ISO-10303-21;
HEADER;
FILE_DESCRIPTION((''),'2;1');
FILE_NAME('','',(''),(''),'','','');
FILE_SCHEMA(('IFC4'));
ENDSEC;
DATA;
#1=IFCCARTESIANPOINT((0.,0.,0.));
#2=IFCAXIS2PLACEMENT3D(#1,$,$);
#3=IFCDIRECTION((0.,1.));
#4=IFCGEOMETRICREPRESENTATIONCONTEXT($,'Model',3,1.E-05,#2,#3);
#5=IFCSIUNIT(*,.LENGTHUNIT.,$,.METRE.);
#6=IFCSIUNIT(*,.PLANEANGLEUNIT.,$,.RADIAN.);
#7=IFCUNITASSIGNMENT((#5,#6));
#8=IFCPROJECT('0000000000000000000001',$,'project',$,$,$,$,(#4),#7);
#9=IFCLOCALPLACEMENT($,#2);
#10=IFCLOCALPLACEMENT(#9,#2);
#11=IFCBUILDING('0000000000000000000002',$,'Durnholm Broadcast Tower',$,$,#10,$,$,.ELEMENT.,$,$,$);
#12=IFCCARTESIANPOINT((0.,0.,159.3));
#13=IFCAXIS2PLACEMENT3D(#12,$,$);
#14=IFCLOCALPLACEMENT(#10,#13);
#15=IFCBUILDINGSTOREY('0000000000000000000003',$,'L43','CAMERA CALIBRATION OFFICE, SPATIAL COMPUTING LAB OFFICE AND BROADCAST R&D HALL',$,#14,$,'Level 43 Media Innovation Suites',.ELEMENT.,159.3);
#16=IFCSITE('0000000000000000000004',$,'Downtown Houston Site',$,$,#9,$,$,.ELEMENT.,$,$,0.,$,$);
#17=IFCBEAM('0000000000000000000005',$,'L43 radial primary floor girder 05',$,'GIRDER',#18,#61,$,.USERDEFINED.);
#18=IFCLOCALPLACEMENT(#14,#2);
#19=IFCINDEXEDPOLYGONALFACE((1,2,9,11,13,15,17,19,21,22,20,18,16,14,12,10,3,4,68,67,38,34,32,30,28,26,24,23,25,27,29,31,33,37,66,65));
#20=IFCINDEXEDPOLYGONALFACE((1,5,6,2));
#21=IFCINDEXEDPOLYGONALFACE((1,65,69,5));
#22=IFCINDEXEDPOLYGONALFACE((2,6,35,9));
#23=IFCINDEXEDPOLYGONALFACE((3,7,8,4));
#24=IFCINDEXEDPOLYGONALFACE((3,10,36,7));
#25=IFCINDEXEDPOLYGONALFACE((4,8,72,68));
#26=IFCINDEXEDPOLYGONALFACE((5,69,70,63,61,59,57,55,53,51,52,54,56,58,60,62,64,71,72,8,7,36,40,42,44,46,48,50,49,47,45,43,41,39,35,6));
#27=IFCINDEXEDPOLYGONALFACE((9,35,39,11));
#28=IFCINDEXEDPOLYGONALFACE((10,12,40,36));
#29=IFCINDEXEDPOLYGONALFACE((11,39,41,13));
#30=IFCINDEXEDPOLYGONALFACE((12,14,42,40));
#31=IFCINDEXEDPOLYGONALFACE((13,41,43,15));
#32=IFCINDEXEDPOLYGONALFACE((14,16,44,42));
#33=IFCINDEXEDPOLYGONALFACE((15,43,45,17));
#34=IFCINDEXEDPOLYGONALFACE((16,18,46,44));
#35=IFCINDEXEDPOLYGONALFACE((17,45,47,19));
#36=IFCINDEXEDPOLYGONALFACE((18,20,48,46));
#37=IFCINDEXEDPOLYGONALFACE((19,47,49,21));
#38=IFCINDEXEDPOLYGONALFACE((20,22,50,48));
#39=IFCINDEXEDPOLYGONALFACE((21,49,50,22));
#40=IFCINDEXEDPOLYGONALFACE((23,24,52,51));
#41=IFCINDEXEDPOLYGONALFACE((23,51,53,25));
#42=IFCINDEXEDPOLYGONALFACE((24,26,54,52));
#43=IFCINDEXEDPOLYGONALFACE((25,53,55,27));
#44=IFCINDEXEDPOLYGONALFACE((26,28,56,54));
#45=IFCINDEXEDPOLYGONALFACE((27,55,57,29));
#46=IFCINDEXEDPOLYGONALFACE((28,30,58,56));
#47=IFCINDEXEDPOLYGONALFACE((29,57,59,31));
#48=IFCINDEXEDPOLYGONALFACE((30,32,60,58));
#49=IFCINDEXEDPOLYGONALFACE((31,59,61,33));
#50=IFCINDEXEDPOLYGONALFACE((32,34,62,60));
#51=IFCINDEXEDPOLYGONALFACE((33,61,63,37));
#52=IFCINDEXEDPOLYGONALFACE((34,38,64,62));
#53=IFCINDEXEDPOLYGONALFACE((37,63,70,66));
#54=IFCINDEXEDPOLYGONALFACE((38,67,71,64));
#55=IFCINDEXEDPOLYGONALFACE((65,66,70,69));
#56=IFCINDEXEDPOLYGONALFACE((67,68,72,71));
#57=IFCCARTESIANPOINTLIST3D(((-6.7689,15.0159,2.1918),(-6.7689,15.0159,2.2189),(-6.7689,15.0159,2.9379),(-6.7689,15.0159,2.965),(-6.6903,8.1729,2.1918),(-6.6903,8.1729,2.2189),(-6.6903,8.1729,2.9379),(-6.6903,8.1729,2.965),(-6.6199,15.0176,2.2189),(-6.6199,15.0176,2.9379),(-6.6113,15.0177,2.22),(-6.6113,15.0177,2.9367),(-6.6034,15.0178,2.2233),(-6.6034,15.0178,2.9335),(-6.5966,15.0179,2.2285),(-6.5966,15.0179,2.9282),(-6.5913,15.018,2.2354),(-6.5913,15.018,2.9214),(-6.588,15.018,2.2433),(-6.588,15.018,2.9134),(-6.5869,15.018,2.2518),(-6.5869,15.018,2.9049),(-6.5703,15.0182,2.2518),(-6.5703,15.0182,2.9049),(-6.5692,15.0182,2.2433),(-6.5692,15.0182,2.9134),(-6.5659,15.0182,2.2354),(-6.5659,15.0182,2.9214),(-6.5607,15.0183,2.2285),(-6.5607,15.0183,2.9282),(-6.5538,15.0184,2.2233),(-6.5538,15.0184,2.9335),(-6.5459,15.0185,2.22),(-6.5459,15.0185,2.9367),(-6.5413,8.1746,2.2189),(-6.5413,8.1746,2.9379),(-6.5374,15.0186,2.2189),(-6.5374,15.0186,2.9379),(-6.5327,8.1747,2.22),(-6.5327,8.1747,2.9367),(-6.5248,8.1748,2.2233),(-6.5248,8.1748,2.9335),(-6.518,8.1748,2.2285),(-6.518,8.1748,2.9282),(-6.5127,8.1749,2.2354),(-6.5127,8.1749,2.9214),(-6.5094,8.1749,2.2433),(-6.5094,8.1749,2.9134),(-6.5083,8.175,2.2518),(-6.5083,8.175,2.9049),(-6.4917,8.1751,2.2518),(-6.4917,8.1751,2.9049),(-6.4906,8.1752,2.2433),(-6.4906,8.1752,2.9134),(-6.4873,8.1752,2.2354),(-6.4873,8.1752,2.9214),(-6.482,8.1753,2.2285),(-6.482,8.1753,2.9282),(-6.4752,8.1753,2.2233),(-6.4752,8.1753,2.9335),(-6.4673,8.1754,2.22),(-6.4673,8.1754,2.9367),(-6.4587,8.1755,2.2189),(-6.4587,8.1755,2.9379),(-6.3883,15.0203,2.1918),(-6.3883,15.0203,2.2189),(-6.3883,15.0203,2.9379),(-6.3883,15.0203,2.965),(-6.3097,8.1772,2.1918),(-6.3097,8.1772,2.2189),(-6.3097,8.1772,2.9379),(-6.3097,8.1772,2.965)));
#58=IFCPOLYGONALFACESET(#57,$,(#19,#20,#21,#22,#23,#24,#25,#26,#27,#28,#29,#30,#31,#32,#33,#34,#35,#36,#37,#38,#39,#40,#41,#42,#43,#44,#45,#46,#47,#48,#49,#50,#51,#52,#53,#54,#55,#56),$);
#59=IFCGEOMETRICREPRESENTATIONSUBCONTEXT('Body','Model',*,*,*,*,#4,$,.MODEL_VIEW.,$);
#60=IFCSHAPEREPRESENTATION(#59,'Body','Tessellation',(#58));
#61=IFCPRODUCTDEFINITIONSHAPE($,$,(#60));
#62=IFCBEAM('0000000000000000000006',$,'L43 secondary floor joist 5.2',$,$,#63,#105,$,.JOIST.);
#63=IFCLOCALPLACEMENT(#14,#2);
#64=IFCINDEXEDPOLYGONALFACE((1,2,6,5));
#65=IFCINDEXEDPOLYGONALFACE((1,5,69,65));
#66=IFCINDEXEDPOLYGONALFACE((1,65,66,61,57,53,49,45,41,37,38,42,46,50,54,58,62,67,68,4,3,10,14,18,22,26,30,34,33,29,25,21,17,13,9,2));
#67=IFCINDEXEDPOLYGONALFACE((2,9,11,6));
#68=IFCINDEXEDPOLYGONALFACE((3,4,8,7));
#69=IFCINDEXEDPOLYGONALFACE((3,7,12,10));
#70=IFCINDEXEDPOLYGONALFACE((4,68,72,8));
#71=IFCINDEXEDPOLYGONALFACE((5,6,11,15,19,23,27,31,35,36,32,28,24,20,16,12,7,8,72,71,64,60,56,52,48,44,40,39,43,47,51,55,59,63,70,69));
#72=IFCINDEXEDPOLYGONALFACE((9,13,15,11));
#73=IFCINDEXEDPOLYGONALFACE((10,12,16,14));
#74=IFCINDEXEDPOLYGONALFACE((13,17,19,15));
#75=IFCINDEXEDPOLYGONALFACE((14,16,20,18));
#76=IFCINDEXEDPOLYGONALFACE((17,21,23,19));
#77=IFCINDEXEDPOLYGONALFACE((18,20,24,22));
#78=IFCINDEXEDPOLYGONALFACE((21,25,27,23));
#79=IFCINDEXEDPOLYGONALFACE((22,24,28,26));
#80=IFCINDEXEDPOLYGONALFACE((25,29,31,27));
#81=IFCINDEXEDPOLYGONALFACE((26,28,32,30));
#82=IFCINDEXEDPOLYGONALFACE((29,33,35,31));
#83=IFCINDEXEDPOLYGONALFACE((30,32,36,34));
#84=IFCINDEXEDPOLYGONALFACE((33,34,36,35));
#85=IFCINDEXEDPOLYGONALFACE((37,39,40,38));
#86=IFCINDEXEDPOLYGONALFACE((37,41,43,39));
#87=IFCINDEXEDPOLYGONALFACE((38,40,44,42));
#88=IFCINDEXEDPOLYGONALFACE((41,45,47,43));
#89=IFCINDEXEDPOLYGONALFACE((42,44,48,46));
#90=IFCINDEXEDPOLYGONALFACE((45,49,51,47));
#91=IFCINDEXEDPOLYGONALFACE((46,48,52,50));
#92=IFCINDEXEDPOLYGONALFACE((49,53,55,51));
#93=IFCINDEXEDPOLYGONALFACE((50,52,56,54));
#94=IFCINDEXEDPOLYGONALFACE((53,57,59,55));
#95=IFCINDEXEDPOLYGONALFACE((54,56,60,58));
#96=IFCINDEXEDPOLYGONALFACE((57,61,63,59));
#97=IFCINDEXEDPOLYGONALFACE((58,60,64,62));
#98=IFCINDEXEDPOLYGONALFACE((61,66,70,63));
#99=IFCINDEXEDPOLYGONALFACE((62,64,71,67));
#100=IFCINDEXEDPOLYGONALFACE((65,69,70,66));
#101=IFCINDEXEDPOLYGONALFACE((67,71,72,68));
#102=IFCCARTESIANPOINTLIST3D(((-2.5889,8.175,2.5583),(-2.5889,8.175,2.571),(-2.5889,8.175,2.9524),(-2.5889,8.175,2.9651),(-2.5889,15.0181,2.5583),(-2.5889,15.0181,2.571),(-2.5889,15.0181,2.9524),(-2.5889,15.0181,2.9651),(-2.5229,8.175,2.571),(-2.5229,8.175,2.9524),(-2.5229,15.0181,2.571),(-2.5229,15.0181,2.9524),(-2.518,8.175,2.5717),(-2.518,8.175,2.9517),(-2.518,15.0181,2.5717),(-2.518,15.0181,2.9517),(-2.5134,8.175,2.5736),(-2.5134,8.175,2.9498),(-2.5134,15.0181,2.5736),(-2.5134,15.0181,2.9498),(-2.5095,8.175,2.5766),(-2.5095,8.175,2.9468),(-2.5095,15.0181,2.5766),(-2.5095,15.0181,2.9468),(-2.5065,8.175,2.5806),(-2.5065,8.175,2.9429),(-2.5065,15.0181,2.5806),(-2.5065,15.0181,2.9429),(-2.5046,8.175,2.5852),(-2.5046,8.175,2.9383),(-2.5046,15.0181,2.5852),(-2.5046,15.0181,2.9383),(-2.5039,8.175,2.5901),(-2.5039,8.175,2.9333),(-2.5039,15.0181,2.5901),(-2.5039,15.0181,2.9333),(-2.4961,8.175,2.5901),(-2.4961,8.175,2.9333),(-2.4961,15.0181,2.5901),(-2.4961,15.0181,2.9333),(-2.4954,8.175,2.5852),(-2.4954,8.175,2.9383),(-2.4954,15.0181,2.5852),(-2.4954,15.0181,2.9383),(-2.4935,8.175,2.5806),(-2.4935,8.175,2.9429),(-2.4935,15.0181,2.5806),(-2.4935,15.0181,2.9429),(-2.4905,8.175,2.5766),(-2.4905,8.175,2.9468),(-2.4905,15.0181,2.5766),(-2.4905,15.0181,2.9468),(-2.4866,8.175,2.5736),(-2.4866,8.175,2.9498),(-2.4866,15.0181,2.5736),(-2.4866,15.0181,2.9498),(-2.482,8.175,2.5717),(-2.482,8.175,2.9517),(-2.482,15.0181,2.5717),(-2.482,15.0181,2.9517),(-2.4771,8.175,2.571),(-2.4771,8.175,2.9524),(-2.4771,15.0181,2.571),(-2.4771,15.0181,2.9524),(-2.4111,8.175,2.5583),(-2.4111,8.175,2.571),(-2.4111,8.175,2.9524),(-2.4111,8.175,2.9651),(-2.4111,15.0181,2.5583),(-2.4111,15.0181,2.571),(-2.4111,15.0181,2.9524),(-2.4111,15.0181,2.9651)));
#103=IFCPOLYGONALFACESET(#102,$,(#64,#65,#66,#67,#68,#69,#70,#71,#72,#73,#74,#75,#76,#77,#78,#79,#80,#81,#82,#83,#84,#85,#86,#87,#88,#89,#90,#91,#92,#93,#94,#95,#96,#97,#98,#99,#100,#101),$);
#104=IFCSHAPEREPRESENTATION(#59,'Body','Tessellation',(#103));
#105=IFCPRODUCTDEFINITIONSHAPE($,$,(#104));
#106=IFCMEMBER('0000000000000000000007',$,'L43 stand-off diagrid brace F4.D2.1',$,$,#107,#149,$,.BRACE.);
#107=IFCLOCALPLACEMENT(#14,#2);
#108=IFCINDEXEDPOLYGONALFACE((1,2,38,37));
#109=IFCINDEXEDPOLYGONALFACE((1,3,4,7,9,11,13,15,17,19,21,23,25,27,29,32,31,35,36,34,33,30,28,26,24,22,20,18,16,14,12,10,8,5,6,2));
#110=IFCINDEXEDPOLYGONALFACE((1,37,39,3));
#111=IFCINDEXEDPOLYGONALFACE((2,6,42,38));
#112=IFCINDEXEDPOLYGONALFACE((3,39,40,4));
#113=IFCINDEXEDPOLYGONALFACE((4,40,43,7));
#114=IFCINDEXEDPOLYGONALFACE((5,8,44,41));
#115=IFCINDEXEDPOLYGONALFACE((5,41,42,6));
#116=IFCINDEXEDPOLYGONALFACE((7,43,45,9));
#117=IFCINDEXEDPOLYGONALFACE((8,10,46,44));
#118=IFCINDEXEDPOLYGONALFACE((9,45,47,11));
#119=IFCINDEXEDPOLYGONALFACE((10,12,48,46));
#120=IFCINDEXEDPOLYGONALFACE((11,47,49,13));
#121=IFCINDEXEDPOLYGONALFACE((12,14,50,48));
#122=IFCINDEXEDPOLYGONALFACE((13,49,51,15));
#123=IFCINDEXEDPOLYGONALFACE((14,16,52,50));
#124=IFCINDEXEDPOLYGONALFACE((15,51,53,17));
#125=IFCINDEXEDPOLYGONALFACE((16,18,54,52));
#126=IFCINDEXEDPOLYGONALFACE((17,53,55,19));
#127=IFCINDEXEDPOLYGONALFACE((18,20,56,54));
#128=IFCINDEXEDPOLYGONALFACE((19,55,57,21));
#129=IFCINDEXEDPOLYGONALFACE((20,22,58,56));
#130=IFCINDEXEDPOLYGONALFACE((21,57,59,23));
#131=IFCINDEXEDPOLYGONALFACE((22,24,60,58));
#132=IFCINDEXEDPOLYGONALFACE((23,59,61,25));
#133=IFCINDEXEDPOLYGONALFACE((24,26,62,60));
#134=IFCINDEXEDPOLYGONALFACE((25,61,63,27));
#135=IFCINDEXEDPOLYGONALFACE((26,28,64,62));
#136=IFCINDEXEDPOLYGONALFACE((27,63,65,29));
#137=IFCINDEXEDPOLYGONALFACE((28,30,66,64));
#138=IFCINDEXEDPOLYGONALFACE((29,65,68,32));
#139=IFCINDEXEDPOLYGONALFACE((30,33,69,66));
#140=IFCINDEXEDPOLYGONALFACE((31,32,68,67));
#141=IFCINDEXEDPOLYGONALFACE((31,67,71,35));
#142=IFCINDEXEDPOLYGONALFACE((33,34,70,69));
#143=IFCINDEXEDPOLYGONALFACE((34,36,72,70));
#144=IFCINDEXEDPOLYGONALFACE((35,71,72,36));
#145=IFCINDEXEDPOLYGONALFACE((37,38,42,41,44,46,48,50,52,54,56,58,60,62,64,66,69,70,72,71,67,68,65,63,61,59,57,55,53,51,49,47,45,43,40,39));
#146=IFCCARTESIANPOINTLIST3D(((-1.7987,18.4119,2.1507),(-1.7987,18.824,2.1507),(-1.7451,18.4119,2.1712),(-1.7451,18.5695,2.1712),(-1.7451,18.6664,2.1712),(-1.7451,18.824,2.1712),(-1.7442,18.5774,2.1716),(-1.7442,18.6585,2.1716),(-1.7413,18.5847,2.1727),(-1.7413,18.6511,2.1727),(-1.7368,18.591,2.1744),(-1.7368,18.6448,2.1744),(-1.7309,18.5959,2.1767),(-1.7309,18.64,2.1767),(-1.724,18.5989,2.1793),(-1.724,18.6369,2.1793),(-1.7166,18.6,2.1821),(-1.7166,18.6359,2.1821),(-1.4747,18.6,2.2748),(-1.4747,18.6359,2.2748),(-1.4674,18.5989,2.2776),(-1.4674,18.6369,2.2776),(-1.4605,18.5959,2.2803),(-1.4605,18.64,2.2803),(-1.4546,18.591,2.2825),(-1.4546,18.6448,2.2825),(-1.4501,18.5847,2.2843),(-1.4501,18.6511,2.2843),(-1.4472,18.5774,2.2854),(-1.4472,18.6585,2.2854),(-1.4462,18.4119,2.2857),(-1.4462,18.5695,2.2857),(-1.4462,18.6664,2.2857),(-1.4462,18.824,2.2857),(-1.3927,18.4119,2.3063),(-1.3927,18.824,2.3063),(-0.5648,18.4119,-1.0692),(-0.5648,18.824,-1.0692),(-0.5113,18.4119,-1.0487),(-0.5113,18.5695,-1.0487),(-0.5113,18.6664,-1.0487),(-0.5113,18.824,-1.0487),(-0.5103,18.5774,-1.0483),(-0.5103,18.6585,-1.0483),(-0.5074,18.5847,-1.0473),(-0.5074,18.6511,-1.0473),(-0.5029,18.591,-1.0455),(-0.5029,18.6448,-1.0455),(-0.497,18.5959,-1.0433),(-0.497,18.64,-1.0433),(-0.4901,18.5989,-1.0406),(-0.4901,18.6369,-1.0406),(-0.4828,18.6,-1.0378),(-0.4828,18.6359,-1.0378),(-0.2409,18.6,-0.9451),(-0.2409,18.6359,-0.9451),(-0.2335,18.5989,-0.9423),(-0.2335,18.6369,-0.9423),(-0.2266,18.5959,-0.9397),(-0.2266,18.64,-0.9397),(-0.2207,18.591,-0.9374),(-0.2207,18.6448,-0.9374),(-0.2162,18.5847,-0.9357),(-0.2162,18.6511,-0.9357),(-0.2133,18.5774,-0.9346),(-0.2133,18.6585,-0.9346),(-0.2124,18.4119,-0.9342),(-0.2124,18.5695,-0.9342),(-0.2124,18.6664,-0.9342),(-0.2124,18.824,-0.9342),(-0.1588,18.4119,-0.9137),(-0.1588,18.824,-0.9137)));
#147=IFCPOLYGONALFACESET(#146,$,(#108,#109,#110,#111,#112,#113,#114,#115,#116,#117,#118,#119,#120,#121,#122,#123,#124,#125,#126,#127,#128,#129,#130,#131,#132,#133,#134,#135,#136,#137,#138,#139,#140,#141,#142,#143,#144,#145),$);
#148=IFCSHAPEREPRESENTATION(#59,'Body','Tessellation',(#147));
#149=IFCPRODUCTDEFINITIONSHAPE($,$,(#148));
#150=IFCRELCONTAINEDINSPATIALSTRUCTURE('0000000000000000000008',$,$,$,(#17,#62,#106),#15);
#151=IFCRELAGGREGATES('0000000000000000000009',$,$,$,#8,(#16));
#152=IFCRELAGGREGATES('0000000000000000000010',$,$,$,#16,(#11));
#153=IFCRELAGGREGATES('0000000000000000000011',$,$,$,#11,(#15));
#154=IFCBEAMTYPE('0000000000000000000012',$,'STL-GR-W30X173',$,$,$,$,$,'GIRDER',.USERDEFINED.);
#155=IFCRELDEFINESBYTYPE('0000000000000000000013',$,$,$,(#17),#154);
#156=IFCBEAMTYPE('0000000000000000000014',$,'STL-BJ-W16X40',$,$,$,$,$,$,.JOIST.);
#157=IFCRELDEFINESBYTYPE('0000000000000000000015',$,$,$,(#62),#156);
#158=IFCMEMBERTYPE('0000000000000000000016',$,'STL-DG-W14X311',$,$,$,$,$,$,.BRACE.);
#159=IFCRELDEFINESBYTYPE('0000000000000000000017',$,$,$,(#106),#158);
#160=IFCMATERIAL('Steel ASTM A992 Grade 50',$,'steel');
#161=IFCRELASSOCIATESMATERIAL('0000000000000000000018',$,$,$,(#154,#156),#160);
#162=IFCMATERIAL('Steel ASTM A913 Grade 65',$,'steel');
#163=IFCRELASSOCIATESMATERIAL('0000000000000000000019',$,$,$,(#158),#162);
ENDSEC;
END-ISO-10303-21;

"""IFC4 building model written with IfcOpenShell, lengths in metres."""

from ifc_helpers import new_model, si_unit, direction, frame, origin, origin_2d, place, context, subcontext, project, spatial, i_section, extrude, source, transform, mapped, material, material_profile, profile_set, type_object, type_shapes, element, save


model = new_model("IFC4")

# Units and contexts
model_context = context("Model", 3, precision=1e-05, world=origin(), true_north=direction((0.0, 1.0)))
body_context = subcontext(model_context, "Body", "Model", "MODEL_VIEW")
ifc_project = project(units=[si_unit("LENGTHUNIT", "METRE"), si_unit("PLANEANGLEUNIT", "RADIAN")], contexts=[model_context])

# Site, building, storey
site_placement = place(None, origin())
site = spatial("IfcSite", under=ifc_project, at=site_placement, Name="Downtown Houston Site", CompositionType="ELEMENT", RefElevation=0.0)
building_placement = place(site_placement, origin())
building = spatial("IfcBuilding", under=site, at=building_placement, Name="Durnholm Broadcast Tower", CompositionType="ELEMENT")
storey_placement = place(building_placement, frame((0.0, 0.0, 159.3)))
storey = spatial("IfcBuildingStorey", under=building, at=storey_placement, Name="L43", Description="CAMERA CALIBRATION OFFICE, SPATIAL COMPUTING LAB OFFICE AND BROADCAST R&D HALL", LongName="Level 43 Media Innovation Suites", CompositionType="ELEMENT", Elevation=159.3)

# Beams
ifc_material_1 = material(Name="Steel ASTM A992 Grade 50", Category="steel")
ifc_material_profile_1 = material_profile(ifc_material_1, i_section(OverallWidth=0.3806, OverallDepth=0.7732, WebThickness=0.0166, FlangeThickness=0.0271, FilletRadius=0.033, at=origin_2d()), Name="W30X173")
ifc_profile_set_1 = profile_set([ifc_material_profile_1], Name="Steel ASTM A992 Grade 50")
beam_type_1 = type_object("IfcBeamType", Name="STL-GR-W30X173", ElementType="GIRDER", PredefinedType="USERDEFINED", material=ifc_profile_set_1)
shared_shape_1 = source(origin(), body_context, "Body", "SweptSolid", [
    extrude(i_section(OverallWidth=0.3806, OverallDepth=0.7732, WebThickness=0.0166, FlangeThickness=0.0271, FilletRadius=0.033, at=origin_2d()), origin(), (0.0, 0.0, 1.0), 6.8435),
])
beam_1_placement = place(storey_placement, frame((-6.5, 8.175, 2.5784), z_axis=(-0.011487, 0.999934, 0.0), x_axis=(-0.999934, -0.011487, 0.0)))
element("IfcBeam", 1, at=beam_1_placement, inside=storey, type_object=beam_type_1, Name="L43 radial primary floor girder 05", ObjectType="GIRDER", PredefinedType="USERDEFINED", context=body_context, shape_type="MappedRepresentation", body=[
    mapped(shared_shape_1, transform((0.0, 0.0, 0.0), x_axis=(1.0, 0.0, 0.0), y_axis=(0.0, 1.0, 0.0), z_axis=(0.0, 0.0, 1.0), scale=1.0)),
])
ifc_material_profile_2 = material_profile(ifc_material_1, i_section(OverallWidth=0.1777, OverallDepth=0.4067, WebThickness=0.0078, FlangeThickness=0.0127, FilletRadius=0.019, at=origin_2d()), Name="W16X40")
ifc_profile_set_2 = profile_set([ifc_material_profile_2], Name="Steel ASTM A992 Grade 50")
beam_type_2 = type_object("IfcBeamType", Name="STL-BJ-W16X40", PredefinedType="JOIST", material=ifc_profile_set_2)
shared_shape_2 = source(origin(), body_context, "Body", "SweptSolid", [
    extrude(i_section(OverallWidth=0.1777, OverallDepth=0.4067, WebThickness=0.0078, FlangeThickness=0.0127, FilletRadius=0.019, at=origin_2d()), origin(), (0.0, 0.0, 1.0), 6.843),
])
type_shapes(beam_type_2, [shared_shape_2])
beam_2_placement = place(storey_placement, frame((-2.5, 8.175, 2.7617), z_axis=(0.0, 1.0, 0.0), x_axis=(-1.0, 0.0, 0.0)))
element("IfcBeam", 2, at=beam_2_placement, inside=storey, type_object=beam_type_2, Name="L43 secondary floor joist 5.2", PredefinedType="JOIST", context=body_context, shape_type="MappedRepresentation", body=[
    mapped(shared_shape_2, transform((0.0, 0.0, 0.0), x_axis=(1.0, 0.0, 0.0), y_axis=(0.0, 1.0, 0.0), z_axis=(0.0, 0.0, 1.0), scale=1.0)),
])

# Member
ifc_material_2 = material(Name="Steel ASTM A913 Grade 65", Category="steel")
ifc_material_profile_3 = material_profile(ifc_material_2, i_section(OverallWidth=0.4121, OverallDepth=0.4348, WebThickness=0.0359, FlangeThickness=0.0574, FilletRadius=0.0305, at=origin_2d()), Name="W14X311")
ifc_profile_set_3 = profile_set([ifc_material_profile_3], Name="Steel ASTM A913 Grade 65")
member_type_1 = type_object("IfcMemberType", Name="STL-DG-W14X311", PredefinedType="BRACE", material=ifc_profile_set_3)
shared_shape_3 = source(origin(), body_context, "Body", "SweptSolid", [
    extrude(i_section(OverallWidth=0.4121, OverallDepth=0.4348, WebThickness=0.0359, FlangeThickness=0.0574, FilletRadius=0.0305, at=origin_2d()), origin(), (0.0, 0.0, 1.0), 3.4482),
])
type_shapes(member_type_1, [shared_shape_3])
for number, where, z_axis, x_axis, name in (
    (3, (-0.3618, 18.6179, -0.9915), (-0.357826, 0.0, 0.933788), (0.0, -1.0, 0.0), "L43 stand-off diagrid brace F4.D2.1"),
):
    element("IfcMember", number, at=place(storey_placement, frame(where, z_axis=z_axis, x_axis=x_axis)), inside=storey, type_object=member_type_1, Name=name, PredefinedType="BRACE", context=body_context, shape_type="MappedRepresentation", body=[
        mapped(shared_shape_3, transform((0.0, 0.0, 0.0), x_axis=(1.0, 0.0, 0.0), y_axis=(0.0, 1.0, 0.0), z_axis=(0.0, 0.0, 1.0), scale=1.0)),
    ])

save(model, "model.ifc")
